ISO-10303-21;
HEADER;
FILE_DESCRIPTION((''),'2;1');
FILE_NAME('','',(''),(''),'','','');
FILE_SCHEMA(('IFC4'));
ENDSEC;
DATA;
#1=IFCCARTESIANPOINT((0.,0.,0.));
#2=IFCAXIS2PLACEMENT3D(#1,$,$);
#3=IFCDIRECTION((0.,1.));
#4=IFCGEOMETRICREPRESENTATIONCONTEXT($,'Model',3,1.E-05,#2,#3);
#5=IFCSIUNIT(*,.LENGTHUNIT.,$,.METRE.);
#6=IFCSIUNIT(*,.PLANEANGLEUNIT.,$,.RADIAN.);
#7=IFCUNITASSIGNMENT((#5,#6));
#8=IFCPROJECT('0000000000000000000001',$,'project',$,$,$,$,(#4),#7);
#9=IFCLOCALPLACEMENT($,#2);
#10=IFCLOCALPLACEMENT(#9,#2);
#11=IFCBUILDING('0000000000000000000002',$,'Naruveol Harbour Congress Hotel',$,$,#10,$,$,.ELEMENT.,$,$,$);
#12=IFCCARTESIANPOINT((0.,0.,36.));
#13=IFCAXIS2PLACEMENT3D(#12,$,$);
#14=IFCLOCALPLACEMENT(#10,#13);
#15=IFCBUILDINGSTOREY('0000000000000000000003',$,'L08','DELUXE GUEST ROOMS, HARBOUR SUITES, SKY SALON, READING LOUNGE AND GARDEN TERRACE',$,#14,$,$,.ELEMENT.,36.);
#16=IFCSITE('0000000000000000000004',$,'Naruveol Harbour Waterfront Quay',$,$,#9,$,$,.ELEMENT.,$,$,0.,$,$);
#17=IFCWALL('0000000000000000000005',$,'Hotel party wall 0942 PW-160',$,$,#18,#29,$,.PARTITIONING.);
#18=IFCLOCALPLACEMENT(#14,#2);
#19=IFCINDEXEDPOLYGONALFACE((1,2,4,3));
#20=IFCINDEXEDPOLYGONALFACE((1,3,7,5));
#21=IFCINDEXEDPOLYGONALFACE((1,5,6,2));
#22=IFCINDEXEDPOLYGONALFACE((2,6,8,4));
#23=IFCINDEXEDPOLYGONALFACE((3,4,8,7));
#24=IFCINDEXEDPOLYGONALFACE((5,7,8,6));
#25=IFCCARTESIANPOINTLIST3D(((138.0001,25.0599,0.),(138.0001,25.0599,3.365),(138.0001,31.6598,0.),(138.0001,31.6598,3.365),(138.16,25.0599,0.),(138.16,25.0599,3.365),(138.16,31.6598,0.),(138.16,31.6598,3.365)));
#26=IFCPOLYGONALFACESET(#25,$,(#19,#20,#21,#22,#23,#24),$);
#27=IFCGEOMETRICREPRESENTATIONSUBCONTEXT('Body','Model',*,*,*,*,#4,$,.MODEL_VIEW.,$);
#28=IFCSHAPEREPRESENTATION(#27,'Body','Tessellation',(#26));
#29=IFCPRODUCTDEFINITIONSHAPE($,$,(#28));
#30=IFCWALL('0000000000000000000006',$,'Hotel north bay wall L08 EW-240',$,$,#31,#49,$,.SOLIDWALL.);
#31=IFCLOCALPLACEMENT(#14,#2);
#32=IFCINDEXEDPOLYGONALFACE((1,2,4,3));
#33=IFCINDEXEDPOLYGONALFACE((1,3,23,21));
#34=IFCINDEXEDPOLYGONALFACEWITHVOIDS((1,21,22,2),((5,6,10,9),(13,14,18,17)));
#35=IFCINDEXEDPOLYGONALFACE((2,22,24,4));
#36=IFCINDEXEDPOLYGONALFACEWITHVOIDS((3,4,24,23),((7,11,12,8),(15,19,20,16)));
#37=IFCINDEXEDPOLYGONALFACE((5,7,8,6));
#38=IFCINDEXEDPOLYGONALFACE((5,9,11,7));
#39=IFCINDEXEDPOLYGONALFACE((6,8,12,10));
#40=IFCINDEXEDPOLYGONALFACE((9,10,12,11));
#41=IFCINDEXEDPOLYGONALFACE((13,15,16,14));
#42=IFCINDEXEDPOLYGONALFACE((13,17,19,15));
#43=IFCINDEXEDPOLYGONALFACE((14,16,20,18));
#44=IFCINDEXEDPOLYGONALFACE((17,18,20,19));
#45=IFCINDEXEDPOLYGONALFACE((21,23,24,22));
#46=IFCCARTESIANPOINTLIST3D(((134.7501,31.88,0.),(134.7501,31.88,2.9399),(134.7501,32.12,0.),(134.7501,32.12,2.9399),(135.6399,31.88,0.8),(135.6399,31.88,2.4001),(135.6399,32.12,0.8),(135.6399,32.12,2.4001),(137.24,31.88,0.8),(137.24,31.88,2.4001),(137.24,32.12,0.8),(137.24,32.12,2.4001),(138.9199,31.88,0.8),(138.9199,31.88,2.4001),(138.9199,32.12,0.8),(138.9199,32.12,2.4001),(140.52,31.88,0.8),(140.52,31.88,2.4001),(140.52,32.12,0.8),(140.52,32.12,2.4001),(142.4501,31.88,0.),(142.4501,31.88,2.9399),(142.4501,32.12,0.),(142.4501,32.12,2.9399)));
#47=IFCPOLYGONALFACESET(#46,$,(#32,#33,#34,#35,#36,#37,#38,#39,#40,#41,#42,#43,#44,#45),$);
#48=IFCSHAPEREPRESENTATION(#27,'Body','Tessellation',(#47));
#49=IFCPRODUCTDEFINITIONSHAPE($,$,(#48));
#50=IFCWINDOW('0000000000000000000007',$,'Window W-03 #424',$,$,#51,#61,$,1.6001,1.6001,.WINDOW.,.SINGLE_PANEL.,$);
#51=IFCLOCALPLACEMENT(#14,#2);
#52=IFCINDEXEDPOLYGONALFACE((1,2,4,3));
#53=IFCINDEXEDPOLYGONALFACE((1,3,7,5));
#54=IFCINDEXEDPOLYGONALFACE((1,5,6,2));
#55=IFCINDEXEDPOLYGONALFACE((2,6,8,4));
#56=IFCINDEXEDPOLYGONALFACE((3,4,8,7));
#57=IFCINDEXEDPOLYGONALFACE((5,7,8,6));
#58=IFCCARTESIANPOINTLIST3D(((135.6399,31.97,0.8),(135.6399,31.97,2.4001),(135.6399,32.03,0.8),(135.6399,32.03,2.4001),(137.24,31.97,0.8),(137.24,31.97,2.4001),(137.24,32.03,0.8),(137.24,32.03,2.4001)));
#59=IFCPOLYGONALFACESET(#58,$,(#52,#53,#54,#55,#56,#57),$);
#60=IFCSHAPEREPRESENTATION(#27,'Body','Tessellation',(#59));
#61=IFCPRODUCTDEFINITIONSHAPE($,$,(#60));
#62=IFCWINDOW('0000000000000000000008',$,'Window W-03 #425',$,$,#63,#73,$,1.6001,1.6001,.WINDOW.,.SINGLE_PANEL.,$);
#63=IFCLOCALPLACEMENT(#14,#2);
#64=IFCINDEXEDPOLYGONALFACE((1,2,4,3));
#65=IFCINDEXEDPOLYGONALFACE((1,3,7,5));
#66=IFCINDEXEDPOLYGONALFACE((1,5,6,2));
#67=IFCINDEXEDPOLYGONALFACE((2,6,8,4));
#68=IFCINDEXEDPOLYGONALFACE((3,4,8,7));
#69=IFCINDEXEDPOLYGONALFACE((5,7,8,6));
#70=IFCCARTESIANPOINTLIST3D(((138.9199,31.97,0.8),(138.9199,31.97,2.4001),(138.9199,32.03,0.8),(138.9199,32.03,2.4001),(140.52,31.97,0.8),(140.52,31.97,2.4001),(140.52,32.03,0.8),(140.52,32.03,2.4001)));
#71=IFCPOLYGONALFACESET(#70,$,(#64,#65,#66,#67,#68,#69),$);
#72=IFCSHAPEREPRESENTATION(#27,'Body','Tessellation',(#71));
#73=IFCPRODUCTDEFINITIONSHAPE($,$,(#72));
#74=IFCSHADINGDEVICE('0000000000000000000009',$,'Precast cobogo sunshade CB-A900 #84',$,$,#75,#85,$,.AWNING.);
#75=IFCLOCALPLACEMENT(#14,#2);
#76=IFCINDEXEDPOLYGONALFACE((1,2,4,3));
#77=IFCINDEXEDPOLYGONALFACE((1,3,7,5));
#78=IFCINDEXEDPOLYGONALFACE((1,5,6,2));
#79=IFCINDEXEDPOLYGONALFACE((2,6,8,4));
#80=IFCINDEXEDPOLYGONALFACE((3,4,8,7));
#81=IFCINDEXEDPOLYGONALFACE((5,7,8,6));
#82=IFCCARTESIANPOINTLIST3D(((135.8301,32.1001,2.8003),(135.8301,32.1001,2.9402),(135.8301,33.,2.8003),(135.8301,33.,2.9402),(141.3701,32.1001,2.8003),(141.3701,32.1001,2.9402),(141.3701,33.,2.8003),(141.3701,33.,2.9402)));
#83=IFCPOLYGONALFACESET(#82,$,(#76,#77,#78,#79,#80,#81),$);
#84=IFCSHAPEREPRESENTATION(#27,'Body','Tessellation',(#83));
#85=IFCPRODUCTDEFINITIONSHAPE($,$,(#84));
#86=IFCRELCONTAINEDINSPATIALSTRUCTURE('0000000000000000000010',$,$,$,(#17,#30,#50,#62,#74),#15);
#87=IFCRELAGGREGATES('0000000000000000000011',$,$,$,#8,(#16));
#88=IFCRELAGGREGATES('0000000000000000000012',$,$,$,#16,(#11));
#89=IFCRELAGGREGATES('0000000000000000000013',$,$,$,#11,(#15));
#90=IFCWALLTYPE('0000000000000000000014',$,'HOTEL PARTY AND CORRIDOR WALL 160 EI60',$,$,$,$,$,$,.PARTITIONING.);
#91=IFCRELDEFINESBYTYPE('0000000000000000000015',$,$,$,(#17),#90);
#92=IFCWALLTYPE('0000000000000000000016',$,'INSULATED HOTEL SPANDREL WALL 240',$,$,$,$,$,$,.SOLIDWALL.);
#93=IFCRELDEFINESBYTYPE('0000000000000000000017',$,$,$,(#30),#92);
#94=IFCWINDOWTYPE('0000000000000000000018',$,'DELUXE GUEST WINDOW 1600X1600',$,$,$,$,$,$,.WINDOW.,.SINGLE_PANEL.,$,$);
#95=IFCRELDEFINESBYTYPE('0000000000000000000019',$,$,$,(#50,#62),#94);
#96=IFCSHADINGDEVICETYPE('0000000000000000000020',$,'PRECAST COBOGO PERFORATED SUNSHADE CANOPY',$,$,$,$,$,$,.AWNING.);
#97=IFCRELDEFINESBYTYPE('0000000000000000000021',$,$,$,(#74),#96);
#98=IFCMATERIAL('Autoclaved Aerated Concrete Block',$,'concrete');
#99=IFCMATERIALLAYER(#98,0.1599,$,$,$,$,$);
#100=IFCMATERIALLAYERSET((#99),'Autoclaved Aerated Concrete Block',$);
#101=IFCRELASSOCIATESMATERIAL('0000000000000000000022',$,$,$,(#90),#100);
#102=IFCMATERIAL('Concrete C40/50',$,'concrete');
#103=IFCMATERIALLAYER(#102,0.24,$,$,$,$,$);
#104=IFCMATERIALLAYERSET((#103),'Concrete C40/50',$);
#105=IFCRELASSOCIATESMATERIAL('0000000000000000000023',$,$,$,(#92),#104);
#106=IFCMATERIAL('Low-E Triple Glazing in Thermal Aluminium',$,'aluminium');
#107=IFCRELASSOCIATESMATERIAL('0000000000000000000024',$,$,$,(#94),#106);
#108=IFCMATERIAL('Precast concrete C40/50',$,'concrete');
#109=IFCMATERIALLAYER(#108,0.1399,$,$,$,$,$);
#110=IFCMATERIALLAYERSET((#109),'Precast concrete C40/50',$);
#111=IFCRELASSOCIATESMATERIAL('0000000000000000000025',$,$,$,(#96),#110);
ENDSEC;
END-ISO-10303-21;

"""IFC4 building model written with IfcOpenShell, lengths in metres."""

from ifc_helpers import new_model, si_unit, direction, frame, frame_2d, origin, origin_2d, place, context, subcontext, project, spatial, rectangle, extrude, material, layer, layer_set, type_object, element, fill, save


model = new_model("IFC4")

# Units and contexts
model_context = context("Model", 3, precision=1e-05, world=origin(), true_north=direction((0.0, 1.0)))
body_context = subcontext(model_context, "Body", "Model", "MODEL_VIEW")
ifc_project = project(units=[si_unit("LENGTHUNIT", "METRE"), si_unit("PLANEANGLEUNIT", "RADIAN")], contexts=[model_context])

# Site, building, storey
site_placement = place(None, origin())
site = spatial("IfcSite", under=ifc_project, at=site_placement, Name="Naruveol Harbour Waterfront Quay", CompositionType="ELEMENT", RefElevation=0.0)
building_placement = place(site_placement, origin())
building = spatial("IfcBuilding", under=site, at=building_placement, Name="Naruveol Harbour Congress Hotel", CompositionType="ELEMENT")
storey_placement = place(building_placement, frame((0.0, 0.0, 36.0)))
storey = spatial("IfcBuildingStorey", under=building, at=storey_placement, Name="L08", Description="DELUXE GUEST ROOMS, HARBOUR SUITES, SKY SALON, READING LOUNGE AND GARDEN TERRACE", CompositionType="ELEMENT", Elevation=36.0)

# Shared definitions
ifc_material_1 = material(Name="Autoclaved Aerated Concrete Block", Category="concrete")
ifc_layer_1 = layer(ifc_material_1, 0.1599)
ifc_layer_set_1 = layer_set([ifc_layer_1], Name="Autoclaved Aerated Concrete Block")
wall_type_1 = type_object("IfcWallType", Name="HOTEL PARTY AND CORRIDOR WALL 160 EI60", PredefinedType="PARTITIONING", material=ifc_layer_set_1)

# Wall
wall_1_placement = place(storey_placement, frame((138.0801, 25.0601, 0.0), z_axis=(0.0, 0.0, 1.0), x_axis=(0.0, 1.0, 0.0)))
element("IfcWall", 1, at=wall_1_placement, inside=storey, type_object=wall_type_1, Name="Hotel party wall 0942 PW-160", PredefinedType="PARTITIONING", context=body_context, shape_type="SweptSolid", body=[
    extrude(rectangle(XDim=6.5999, YDim=0.1599, at=frame_2d((3.2998, 0.0))), origin(), (0.0, 0.0, 1.0), 3.365),
])

# Wall, openings, windows
ifc_material_2 = material(Name="Concrete C40/50", Category="concrete")
ifc_layer_2 = layer(ifc_material_2, 0.24)
ifc_layer_set_2 = layer_set([ifc_layer_2], Name="Concrete C40/50")
wall_type_2 = type_object("IfcWallType", Name="INSULATED HOTEL SPANDREL WALL 240", PredefinedType="SOLIDWALL", material=ifc_layer_set_2)
wall_2_placement = place(storey_placement, frame((134.75, 32.0, 0.0), z_axis=(0.0, 0.0, 1.0), x_axis=(1.0, 0.0, 0.0)))
wall_2 = element("IfcWall", 2, at=wall_2_placement, inside=storey, type_object=wall_type_2, Name="Hotel north bay wall L08 EW-240", PredefinedType="SOLIDWALL", context=body_context, shape_type="SweptSolid", body=[
    extrude(rectangle(XDim=7.7, YDim=0.24, at=frame_2d((3.8501, 0.0))), origin(), (0.0, 0.0, 1.0), 2.9399),
])
opening_1_placement = place(wall_2_placement, frame((0.8899, 0.0, 0.8)))
opening_1 = element("IfcOpeningElement", 3, at=opening_1_placement, cuts=wall_2, PredefinedType="OPENING", context=body_context, shape_type="SweptSolid", body=[
    extrude(rectangle(XDim=1.6001, YDim=1.6001, at=frame_2d((0.8, 0.8))), frame((0.0, 0.1299, 0.0), z_axis=(0.0, -1.0, 0.0), x_axis=(1.0, 0.0, 0.0)), (0.0, 0.0, 1.0), 0.26),
])
opening_2_placement = place(wall_2_placement, frame((4.1699, 0.0, 0.8)))
opening_2 = element("IfcOpeningElement", 4, at=opening_2_placement, cuts=wall_2, PredefinedType="OPENING", context=body_context, shape_type="SweptSolid", body=[
    extrude(rectangle(XDim=1.6001, YDim=1.6001, at=frame_2d((0.8, 0.8))), frame((0.0, 0.1299, 0.0), z_axis=(0.0, -1.0, 0.0), x_axis=(1.0, 0.0, 0.0)), (0.0, 0.0, 1.0), 0.26),
])
ifc_material_3 = material(Name="Low-E Triple Glazing in Thermal Aluminium", Category="aluminium")
window_type = type_object("IfcWindowType", Name="DELUXE GUEST WINDOW 1600X1600", PartitioningType="SINGLE_PANEL", PredefinedType="WINDOW", material=ifc_material_3)
window_1_placement = place(opening_1_placement, origin())
window_1 = element("IfcWindow", 5, at=window_1_placement, inside=storey, type_object=window_type, Name="Window W-03 #424", OverallHeight=1.6001, OverallWidth=1.6001, PartitioningType="SINGLE_PANEL", PredefinedType="WINDOW", context=body_context, shape_type="SweptSolid", body=[
    extrude(rectangle(XDim=1.6001, YDim=1.6001, at=frame_2d((0.8, 0.8))), frame((0.0, 0.03, 0.0), z_axis=(0.0, -1.0, 0.0), x_axis=(1.0, 0.0, 0.0)), (0.0, 0.0, 1.0), 0.0601),
])
fill(opening_1, window_1)
window_2_placement = place(opening_2_placement, origin())
window_2 = element("IfcWindow", 6, at=window_2_placement, inside=storey, type_object=window_type, Name="Window W-03 #425", OverallHeight=1.6001, OverallWidth=1.6001, PartitioningType="SINGLE_PANEL", PredefinedType="WINDOW", context=body_context, shape_type="SweptSolid", body=[
    extrude(rectangle(XDim=1.6001, YDim=1.6001, at=frame_2d((0.8, 0.8))), frame((0.0, 0.03, 0.0), z_axis=(0.0, -1.0, 0.0), x_axis=(1.0, 0.0, 0.0)), (0.0, 0.0, 1.0), 0.0601),
])
fill(opening_2, window_2)

# Shading device
ifc_material_4 = material(Name="Precast concrete C40/50", Category="concrete")
ifc_layer_3 = layer(ifc_material_4, 0.1399)
ifc_layer_set_3 = layer_set([ifc_layer_3], Name="Precast concrete C40/50")
shading_device_type = type_object("IfcShadingDeviceType", Name="PRECAST COBOGO PERFORATED SUNSHADE CANOPY", PredefinedType="AWNING", material=ifc_layer_set_3)
shading_device_placement = place(storey_placement, frame((138.6001, 32.55, 2.8003), z_axis=(0.0, 0.0, 1.0), x_axis=(1.0, 0.0, 0.0)))
element("IfcShadingDevice", 7, at=shading_device_placement, inside=storey, type_object=shading_device_type, Name="Precast cobogo sunshade CB-A900 #84", PredefinedType="AWNING", context=body_context, shape_type="SweptSolid", body=[
    extrude(rectangle(XDim=5.54, YDim=0.8999, at=origin_2d()), origin(), (0.0, 0.0, 1.0), 0.1399),
])

save(model, "model.ifc")
